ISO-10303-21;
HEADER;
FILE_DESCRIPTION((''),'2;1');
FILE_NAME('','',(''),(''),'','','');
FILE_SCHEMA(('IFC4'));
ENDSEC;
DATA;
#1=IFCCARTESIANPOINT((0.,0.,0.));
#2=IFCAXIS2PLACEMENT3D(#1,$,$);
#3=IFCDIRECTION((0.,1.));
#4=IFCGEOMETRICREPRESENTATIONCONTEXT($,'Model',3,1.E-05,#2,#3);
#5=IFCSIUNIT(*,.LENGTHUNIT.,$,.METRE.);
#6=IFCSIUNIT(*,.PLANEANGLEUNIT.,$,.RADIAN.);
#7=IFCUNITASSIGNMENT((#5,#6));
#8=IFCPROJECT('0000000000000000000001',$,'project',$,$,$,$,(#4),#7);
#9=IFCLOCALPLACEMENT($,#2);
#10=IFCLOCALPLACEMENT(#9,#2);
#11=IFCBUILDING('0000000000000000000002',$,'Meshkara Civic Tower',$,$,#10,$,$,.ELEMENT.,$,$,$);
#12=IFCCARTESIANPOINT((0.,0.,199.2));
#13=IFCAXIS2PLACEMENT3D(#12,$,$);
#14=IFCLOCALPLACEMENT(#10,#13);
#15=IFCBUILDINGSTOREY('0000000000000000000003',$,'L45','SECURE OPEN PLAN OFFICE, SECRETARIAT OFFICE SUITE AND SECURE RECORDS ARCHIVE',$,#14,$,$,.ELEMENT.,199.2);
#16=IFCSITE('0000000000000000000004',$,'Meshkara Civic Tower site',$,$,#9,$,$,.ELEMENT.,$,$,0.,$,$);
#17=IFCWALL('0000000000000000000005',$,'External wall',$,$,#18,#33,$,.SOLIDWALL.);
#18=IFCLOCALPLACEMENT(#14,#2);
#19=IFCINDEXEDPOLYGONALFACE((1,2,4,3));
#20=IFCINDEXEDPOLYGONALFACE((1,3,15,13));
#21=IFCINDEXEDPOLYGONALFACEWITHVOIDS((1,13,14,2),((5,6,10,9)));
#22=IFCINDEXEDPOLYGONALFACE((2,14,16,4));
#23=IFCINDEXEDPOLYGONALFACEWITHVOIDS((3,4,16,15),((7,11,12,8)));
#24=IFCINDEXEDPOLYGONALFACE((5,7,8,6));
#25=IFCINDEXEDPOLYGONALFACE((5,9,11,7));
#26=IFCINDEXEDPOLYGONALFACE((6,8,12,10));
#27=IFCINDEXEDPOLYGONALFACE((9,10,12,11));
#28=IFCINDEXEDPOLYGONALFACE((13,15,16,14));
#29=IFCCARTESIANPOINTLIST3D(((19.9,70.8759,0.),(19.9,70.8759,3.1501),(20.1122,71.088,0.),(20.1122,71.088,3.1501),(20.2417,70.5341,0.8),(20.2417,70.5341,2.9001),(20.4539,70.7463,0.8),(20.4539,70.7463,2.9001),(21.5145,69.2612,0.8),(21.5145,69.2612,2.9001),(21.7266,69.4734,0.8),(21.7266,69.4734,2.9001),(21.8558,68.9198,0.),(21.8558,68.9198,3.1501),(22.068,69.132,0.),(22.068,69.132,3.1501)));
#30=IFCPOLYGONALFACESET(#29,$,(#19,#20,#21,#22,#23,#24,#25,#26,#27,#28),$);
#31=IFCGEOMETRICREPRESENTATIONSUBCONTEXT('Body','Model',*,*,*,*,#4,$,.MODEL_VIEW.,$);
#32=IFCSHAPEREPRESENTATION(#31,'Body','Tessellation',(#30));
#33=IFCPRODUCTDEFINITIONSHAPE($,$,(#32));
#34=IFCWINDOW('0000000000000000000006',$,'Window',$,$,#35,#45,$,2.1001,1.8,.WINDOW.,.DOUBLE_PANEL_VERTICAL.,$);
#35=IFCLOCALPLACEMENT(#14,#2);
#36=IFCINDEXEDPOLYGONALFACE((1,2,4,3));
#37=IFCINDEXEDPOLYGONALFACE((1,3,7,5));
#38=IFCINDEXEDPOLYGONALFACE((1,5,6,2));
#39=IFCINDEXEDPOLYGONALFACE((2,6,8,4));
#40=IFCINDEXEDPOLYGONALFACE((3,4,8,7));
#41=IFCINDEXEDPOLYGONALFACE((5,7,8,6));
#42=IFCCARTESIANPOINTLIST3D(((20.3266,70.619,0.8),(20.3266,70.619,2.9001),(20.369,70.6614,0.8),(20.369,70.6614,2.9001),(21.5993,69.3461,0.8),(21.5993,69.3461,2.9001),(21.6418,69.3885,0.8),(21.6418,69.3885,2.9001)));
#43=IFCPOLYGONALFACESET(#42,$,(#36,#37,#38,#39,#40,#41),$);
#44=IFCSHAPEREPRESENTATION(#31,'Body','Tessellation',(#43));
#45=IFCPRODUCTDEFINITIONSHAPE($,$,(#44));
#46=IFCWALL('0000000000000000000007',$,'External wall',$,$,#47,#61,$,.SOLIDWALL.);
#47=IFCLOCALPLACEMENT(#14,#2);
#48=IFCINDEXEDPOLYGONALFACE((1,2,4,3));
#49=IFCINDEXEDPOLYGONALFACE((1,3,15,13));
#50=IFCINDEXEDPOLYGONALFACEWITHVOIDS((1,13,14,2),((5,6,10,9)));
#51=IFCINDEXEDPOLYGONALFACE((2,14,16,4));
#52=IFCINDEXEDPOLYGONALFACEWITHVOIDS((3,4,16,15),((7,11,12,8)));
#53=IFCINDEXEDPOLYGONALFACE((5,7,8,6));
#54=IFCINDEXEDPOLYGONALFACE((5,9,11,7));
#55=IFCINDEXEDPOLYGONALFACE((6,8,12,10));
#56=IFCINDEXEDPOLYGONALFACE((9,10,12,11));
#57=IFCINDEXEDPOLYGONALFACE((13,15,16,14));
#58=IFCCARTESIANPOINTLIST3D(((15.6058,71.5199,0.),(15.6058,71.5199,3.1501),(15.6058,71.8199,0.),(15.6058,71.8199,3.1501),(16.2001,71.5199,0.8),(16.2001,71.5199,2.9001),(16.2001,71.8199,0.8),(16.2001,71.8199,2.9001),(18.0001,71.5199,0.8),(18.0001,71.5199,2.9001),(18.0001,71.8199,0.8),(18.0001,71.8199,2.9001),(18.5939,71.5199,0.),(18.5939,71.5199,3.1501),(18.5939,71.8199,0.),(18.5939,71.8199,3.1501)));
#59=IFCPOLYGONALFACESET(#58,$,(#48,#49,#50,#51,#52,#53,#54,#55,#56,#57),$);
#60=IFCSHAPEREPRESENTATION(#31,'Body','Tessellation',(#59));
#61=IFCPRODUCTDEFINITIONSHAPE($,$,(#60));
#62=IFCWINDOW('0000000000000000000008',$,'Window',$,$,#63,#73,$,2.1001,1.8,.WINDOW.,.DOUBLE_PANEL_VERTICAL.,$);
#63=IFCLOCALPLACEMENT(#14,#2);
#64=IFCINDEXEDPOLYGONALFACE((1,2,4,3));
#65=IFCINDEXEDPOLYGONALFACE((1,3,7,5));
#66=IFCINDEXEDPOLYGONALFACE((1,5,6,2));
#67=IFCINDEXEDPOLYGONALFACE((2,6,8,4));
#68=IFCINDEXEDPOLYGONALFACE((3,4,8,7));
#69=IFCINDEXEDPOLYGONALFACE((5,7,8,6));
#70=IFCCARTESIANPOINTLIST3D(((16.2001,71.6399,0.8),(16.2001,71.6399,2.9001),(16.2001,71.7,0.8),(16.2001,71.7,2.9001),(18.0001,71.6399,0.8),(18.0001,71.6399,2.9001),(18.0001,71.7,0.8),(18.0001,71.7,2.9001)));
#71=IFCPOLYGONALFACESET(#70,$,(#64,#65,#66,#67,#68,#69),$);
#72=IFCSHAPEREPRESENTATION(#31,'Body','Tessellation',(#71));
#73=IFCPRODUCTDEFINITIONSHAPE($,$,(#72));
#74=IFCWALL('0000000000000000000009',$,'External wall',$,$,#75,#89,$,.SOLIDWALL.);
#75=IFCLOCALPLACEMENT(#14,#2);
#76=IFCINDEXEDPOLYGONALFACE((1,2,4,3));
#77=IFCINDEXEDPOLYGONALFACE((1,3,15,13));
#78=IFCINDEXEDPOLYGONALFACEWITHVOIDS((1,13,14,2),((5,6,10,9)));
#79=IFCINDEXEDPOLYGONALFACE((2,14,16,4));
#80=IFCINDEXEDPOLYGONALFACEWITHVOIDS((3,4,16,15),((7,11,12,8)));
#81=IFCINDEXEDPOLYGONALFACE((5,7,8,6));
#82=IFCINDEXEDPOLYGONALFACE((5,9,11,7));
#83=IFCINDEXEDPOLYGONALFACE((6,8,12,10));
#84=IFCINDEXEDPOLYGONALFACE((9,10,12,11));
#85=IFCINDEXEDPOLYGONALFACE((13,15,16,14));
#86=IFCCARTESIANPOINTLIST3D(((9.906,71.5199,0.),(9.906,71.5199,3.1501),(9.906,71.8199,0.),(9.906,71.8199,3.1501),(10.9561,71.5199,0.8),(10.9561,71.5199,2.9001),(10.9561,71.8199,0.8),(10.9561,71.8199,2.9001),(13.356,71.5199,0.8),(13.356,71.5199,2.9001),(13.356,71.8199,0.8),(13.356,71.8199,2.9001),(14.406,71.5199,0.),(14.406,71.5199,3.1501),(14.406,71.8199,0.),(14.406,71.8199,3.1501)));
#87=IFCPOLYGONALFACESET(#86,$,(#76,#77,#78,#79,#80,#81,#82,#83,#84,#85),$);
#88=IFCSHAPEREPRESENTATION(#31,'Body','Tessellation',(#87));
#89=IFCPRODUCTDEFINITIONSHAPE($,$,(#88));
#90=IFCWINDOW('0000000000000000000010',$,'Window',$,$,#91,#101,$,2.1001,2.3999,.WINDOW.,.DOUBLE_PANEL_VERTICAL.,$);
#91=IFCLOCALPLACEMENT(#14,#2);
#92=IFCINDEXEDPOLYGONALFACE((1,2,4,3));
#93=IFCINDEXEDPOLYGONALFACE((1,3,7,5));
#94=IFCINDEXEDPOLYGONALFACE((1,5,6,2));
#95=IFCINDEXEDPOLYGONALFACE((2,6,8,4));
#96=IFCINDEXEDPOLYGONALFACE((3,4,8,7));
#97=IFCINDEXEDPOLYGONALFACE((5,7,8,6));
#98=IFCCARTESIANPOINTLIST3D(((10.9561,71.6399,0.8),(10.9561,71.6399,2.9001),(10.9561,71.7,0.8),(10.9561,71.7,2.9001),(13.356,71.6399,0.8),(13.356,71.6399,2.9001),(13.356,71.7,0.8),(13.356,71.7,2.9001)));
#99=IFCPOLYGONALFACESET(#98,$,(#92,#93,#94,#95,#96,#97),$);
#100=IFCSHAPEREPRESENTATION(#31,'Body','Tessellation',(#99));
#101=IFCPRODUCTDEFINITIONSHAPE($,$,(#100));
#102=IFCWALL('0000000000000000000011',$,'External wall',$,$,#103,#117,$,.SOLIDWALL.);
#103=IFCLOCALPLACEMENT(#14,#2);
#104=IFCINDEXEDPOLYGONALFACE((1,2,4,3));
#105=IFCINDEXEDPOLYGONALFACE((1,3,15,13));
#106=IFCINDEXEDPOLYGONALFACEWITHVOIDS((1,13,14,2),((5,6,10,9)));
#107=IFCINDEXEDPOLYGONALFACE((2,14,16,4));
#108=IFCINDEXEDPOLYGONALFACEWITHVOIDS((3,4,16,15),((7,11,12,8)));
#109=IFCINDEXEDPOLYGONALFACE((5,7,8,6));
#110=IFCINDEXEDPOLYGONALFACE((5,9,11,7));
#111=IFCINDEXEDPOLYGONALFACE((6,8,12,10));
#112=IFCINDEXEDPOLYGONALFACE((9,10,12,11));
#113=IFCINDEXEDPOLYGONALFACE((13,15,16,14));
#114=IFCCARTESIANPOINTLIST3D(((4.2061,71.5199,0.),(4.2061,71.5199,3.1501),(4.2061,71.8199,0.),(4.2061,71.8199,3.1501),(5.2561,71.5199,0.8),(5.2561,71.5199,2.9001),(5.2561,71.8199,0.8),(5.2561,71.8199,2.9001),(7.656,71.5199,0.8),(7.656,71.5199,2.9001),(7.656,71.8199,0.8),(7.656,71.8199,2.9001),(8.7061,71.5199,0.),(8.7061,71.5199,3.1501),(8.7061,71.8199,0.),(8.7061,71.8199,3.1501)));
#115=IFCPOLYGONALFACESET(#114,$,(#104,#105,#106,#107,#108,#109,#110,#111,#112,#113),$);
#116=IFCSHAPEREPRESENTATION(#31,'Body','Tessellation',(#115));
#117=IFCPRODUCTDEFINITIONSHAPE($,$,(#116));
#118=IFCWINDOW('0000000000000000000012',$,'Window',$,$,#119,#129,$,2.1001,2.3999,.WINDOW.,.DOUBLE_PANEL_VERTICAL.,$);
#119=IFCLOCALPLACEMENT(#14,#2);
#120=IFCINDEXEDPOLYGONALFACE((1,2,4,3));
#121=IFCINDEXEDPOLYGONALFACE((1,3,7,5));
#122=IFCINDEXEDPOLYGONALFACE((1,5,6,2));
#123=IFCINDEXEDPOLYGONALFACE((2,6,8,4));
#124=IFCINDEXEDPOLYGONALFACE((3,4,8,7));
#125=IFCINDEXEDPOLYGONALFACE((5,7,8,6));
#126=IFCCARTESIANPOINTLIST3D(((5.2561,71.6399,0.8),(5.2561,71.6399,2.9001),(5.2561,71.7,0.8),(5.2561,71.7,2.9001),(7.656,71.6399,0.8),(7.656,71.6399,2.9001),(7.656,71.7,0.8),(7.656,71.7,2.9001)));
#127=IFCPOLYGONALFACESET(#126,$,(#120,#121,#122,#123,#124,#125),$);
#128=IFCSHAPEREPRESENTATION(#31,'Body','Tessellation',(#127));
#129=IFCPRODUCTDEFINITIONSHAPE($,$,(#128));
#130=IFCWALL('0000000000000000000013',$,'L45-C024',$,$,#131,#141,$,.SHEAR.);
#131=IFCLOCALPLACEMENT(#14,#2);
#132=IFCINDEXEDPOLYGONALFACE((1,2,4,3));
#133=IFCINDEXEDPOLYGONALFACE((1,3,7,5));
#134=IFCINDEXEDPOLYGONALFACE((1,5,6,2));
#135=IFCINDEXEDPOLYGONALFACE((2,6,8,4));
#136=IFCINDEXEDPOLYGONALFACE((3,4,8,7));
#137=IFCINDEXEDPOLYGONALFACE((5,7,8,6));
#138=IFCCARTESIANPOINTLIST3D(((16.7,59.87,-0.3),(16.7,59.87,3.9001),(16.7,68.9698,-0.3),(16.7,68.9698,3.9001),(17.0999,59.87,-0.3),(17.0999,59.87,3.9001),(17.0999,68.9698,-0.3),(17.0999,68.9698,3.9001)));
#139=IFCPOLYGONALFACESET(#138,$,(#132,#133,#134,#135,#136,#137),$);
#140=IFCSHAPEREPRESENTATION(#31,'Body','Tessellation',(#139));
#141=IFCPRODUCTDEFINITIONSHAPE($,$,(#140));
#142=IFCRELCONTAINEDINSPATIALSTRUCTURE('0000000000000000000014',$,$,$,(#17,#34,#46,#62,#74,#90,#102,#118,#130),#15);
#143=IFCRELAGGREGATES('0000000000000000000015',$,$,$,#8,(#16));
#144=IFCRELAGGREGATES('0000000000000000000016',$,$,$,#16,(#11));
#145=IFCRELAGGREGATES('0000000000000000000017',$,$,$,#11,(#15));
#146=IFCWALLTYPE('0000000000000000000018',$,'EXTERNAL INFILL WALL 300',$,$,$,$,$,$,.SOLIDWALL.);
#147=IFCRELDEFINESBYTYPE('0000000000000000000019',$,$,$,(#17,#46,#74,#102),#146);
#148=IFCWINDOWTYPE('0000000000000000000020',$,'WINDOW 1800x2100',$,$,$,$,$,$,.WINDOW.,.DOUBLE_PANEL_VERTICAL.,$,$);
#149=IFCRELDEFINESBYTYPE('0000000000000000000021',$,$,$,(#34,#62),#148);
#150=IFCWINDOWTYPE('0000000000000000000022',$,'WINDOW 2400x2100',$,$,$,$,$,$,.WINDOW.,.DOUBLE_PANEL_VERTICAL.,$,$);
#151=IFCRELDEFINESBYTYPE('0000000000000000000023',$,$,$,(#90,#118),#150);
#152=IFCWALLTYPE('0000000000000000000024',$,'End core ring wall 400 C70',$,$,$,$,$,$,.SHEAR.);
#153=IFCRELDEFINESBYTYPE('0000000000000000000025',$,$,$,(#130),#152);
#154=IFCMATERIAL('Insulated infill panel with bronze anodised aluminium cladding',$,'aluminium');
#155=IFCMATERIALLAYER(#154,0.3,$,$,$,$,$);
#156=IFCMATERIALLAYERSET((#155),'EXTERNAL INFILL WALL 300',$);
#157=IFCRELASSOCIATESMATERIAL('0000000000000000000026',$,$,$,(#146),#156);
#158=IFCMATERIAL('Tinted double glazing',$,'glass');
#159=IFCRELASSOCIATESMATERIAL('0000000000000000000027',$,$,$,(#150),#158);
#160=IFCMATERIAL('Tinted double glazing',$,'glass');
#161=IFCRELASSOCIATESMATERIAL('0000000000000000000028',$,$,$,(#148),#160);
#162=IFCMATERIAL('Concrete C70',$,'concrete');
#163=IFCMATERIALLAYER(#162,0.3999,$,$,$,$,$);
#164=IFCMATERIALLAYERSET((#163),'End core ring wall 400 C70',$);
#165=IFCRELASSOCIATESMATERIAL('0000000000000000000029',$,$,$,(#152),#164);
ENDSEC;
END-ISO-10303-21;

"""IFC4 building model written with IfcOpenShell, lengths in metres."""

from ifc_helpers import new_model, si_unit, direction, frame, frame_2d, origin, place, context, subcontext, project, spatial, rectangle, extrude, material, layer, layer_set, type_object, element, fill, save


model = new_model("IFC4")

# Units and contexts
model_context = context("Model", 3, precision=1e-05, world=origin(), true_north=direction((0.0, 1.0)))
body_context = subcontext(model_context, "Body", "Model", "MODEL_VIEW")
ifc_project = project(units=[si_unit("LENGTHUNIT", "METRE"), si_unit("PLANEANGLEUNIT", "RADIAN")], contexts=[model_context])

# Site, building, storey
site_placement = place(None, origin())
site = spatial("IfcSite", under=ifc_project, at=site_placement, Name="Meshkara Civic Tower site", CompositionType="ELEMENT", RefElevation=0.0)
building_placement = place(site_placement, origin())
building = spatial("IfcBuilding", under=site, at=building_placement, Name="Meshkara Civic Tower", CompositionType="ELEMENT")
storey_placement = place(building_placement, frame((0.0, 0.0, 199.2)))
storey = spatial("IfcBuildingStorey", under=building, at=storey_placement, Name="L45", Description="SECURE OPEN PLAN OFFICE, SECRETARIAT OFFICE SUITE AND SECURE RECORDS ARCHIVE", CompositionType="ELEMENT", Elevation=199.2)

# Walls, openings, windows
ifc_material_1 = material(Name="Insulated infill panel with bronze anodised aluminium cladding", Category="aluminium")
ifc_layer_1 = layer(ifc_material_1, 0.3)
ifc_layer_set_1 = layer_set([ifc_layer_1], Name="EXTERNAL INFILL WALL 300")
wall_type_1 = type_object("IfcWallType", Name="EXTERNAL INFILL WALL 300", PredefinedType="SOLIDWALL", material=ifc_layer_set_1)
ifc_material_2 = material(Name="Tinted double glazing", Category="glass")
window_type_1 = type_object("IfcWindowType", Name="WINDOW 2400x2100", PartitioningType="DOUBLE_PANEL_VERTICAL", PredefinedType="WINDOW", material=ifc_material_2)
wall_1_placement = place(storey_placement, frame((21.9619, 69.0259, 0.0), z_axis=(0.0, 0.0, 1.0), x_axis=(-0.707063, 0.707151, 0.0)))
wall_1 = element("IfcWall", 1, at=wall_1_placement, inside=storey, type_object=wall_type_1, Name="External wall", PredefinedType="SOLIDWALL", context=body_context, shape_type="SweptSolid", body=[
    extrude(rectangle(XDim=2.7661, YDim=0.3, at=frame_2d((1.3831, 0.0))), origin(), (0.0, 0.0, 1.0), 3.1501),
])
opening_1_placement = place(wall_1_placement, frame((0.4829, 0.0, 0.8)))
opening_1 = element("IfcOpeningElement", 2, at=opening_1_placement, cuts=wall_1, PredefinedType="OPENING", context=body_context, shape_type="SweptSolid", body=[
    extrude(rectangle(XDim=1.8, YDim=2.1001, at=frame_2d((0.8999, 1.05))), frame((0.0, 0.1599, 0.0), z_axis=(0.0, -1.0, 0.0), x_axis=(1.0, 0.0, 0.0)), (0.0, 0.0, 1.0), 0.3201),
])
ifc_material_3 = material(Name="Tinted double glazing", Category="glass")
window_type_2 = type_object("IfcWindowType", Name="WINDOW 1800x2100", PartitioningType="DOUBLE_PANEL_VERTICAL", PredefinedType="WINDOW", material=ifc_material_3)
window_1_placement = place(opening_1_placement, origin())
window_1 = element("IfcWindow", 3, at=window_1_placement, inside=storey, type_object=window_type_2, Name="Window", OverallHeight=2.1001, OverallWidth=1.8, PartitioningType="DOUBLE_PANEL_VERTICAL", PredefinedType="WINDOW", context=body_context, shape_type="SweptSolid", body=[
    extrude(rectangle(XDim=1.8, YDim=2.1001, at=frame_2d((0.8999, 1.05))), frame((0.0, 0.03, 0.0), z_axis=(0.0, -1.0, 0.0), x_axis=(1.0, 0.0, 0.0)), (0.0, 0.0, 1.0), 0.0601),
])
fill(opening_1, window_1)
wall_2_placement = place(storey_placement, frame((18.594, 71.6699, 0.0), z_axis=(0.0, 0.0, 1.0), x_axis=(-1.0, 0.0, 0.0)))
wall_2 = element("IfcWall", 4, at=wall_2_placement, inside=storey, type_object=wall_type_1, Name="External wall", PredefinedType="SOLIDWALL", context=body_context, shape_type="SweptSolid", body=[
    extrude(rectangle(XDim=2.988, YDim=0.3, at=frame_2d((1.4941, 0.0))), origin(), (0.0, 0.0, 1.0), 3.1501),
])
opening_2_placement = place(wall_2_placement, frame((0.594, 0.0, 0.8)))
opening_2 = element("IfcOpeningElement", 5, at=opening_2_placement, cuts=wall_2, PredefinedType="OPENING", context=body_context, shape_type="SweptSolid", body=[
    extrude(rectangle(XDim=1.8, YDim=2.1001, at=frame_2d((0.8999, 1.05))), frame((0.0, 0.1599, 0.0), z_axis=(0.0, -1.0, 0.0), x_axis=(1.0, 0.0, 0.0)), (0.0, 0.0, 1.0), 0.3201),
])
window_2_placement = place(opening_2_placement, origin())
window_2 = element("IfcWindow", 6, at=window_2_placement, inside=storey, type_object=window_type_2, Name="Window", OverallHeight=2.1001, OverallWidth=1.8, PartitioningType="DOUBLE_PANEL_VERTICAL", PredefinedType="WINDOW", context=body_context, shape_type="SweptSolid", body=[
    extrude(rectangle(XDim=1.8, YDim=2.1001, at=frame_2d((0.8999, 1.05))), frame((0.0, 0.03, 0.0), z_axis=(0.0, -1.0, 0.0), x_axis=(1.0, 0.0, 0.0)), (0.0, 0.0, 1.0), 0.0601),
])
fill(opening_2, window_2)
wall_3_placement = place(storey_placement, frame((14.406, 71.6699, 0.0), z_axis=(0.0, 0.0, 1.0), x_axis=(-1.0, 0.0, 0.0)))
wall_3 = element("IfcWall", 7, at=wall_3_placement, inside=storey, type_object=wall_type_1, Name="External wall", PredefinedType="SOLIDWALL", context=body_context, shape_type="SweptSolid", body=[
    extrude(rectangle(XDim=4.5, YDim=0.3, at=frame_2d((2.25, 0.0))), origin(), (0.0, 0.0, 1.0), 3.1501),
])
opening_3_placement = place(wall_3_placement, frame((1.05, 0.0, 0.8)))
opening_3 = element("IfcOpeningElement", 8, at=opening_3_placement, cuts=wall_3, PredefinedType="OPENING", context=body_context, shape_type="SweptSolid", body=[
    extrude(rectangle(XDim=2.3999, YDim=2.1001, at=frame_2d((1.2, 1.05))), frame((0.0, 0.1599, 0.0), z_axis=(0.0, -1.0, 0.0), x_axis=(1.0, 0.0, 0.0)), (0.0, 0.0, 1.0), 0.3201),
])
window_3_placement = place(opening_3_placement, origin())
window_3 = element("IfcWindow", 9, at=window_3_placement, inside=storey, type_object=window_type_1, Name="Window", OverallHeight=2.1001, OverallWidth=2.3999, PartitioningType="DOUBLE_PANEL_VERTICAL", PredefinedType="WINDOW", context=body_context, shape_type="SweptSolid", body=[
    extrude(rectangle(XDim=2.3999, YDim=2.1001, at=frame_2d((1.2, 1.05))), frame((0.0, 0.03, 0.0), z_axis=(0.0, -1.0, 0.0), x_axis=(1.0, 0.0, 0.0)), (0.0, 0.0, 1.0), 0.0601),
])
fill(opening_3, window_3)
wall_4_placement = place(storey_placement, frame((8.7061, 71.6699, 0.0), z_axis=(0.0, 0.0, 1.0), x_axis=(-1.0, 0.0, 0.0)))
wall_4 = element("IfcWall", 10, at=wall_4_placement, inside=storey, type_object=wall_type_1, Name="External wall", PredefinedType="SOLIDWALL", context=body_context, shape_type="SweptSolid", body=[
    extrude(rectangle(XDim=4.5, YDim=0.3, at=frame_2d((2.25, 0.0))), origin(), (0.0, 0.0, 1.0), 3.1501),
])
opening_4_placement = place(wall_4_placement, frame((1.05, 0.0, 0.8)))
opening_4 = element("IfcOpeningElement", 11, at=opening_4_placement, cuts=wall_4, PredefinedType="OPENING", context=body_context, shape_type="SweptSolid", body=[
    extrude(rectangle(XDim=2.3999, YDim=2.1001, at=frame_2d((1.2, 1.05))), frame((0.0, 0.1599, 0.0), z_axis=(0.0, -1.0, 0.0), x_axis=(1.0, 0.0, 0.0)), (0.0, 0.0, 1.0), 0.3201),
])
window_4_placement = place(opening_4_placement, origin())
window_4 = element("IfcWindow", 12, at=window_4_placement, inside=storey, type_object=window_type_1, Name="Window", OverallHeight=2.1001, OverallWidth=2.3999, PartitioningType="DOUBLE_PANEL_VERTICAL", PredefinedType="WINDOW", context=body_context, shape_type="SweptSolid", body=[
    extrude(rectangle(XDim=2.3999, YDim=2.1001, at=frame_2d((1.2, 1.05))), frame((0.0, 0.03, 0.0), z_axis=(0.0, -1.0, 0.0), x_axis=(1.0, 0.0, 0.0)), (0.0, 0.0, 1.0), 0.0601),
])
fill(opening_4, window_4)

# Wall
ifc_material_4 = material(Name="Concrete C70", Category="concrete")
ifc_layer_2 = layer(ifc_material_4, 0.3999)
ifc_layer_set_2 = layer_set([ifc_layer_2], Name="End core ring wall 400 C70")
wall_type_2 = type_object("IfcWallType", Name="End core ring wall 400 C70", PredefinedType="SHEAR", material=ifc_layer_set_2)
wall_5_placement = place(storey_placement, frame((16.8999, 59.8701, -0.3), z_axis=(0.0, 0.0, 1.0), x_axis=(0.0, 1.0, 0.0)))
element("IfcWall", 13, at=wall_5_placement, inside=storey, type_object=wall_type_2, Name="L45-C024", PredefinedType="SHEAR", context=body_context, shape_type="SweptSolid", body=[
    extrude(rectangle(XDim=9.0999, YDim=0.3999, at=frame_2d((4.5498, 0.0))), origin(), (0.0, 0.0, 1.0), 4.2002),
])

save(model, "model.ifc")
